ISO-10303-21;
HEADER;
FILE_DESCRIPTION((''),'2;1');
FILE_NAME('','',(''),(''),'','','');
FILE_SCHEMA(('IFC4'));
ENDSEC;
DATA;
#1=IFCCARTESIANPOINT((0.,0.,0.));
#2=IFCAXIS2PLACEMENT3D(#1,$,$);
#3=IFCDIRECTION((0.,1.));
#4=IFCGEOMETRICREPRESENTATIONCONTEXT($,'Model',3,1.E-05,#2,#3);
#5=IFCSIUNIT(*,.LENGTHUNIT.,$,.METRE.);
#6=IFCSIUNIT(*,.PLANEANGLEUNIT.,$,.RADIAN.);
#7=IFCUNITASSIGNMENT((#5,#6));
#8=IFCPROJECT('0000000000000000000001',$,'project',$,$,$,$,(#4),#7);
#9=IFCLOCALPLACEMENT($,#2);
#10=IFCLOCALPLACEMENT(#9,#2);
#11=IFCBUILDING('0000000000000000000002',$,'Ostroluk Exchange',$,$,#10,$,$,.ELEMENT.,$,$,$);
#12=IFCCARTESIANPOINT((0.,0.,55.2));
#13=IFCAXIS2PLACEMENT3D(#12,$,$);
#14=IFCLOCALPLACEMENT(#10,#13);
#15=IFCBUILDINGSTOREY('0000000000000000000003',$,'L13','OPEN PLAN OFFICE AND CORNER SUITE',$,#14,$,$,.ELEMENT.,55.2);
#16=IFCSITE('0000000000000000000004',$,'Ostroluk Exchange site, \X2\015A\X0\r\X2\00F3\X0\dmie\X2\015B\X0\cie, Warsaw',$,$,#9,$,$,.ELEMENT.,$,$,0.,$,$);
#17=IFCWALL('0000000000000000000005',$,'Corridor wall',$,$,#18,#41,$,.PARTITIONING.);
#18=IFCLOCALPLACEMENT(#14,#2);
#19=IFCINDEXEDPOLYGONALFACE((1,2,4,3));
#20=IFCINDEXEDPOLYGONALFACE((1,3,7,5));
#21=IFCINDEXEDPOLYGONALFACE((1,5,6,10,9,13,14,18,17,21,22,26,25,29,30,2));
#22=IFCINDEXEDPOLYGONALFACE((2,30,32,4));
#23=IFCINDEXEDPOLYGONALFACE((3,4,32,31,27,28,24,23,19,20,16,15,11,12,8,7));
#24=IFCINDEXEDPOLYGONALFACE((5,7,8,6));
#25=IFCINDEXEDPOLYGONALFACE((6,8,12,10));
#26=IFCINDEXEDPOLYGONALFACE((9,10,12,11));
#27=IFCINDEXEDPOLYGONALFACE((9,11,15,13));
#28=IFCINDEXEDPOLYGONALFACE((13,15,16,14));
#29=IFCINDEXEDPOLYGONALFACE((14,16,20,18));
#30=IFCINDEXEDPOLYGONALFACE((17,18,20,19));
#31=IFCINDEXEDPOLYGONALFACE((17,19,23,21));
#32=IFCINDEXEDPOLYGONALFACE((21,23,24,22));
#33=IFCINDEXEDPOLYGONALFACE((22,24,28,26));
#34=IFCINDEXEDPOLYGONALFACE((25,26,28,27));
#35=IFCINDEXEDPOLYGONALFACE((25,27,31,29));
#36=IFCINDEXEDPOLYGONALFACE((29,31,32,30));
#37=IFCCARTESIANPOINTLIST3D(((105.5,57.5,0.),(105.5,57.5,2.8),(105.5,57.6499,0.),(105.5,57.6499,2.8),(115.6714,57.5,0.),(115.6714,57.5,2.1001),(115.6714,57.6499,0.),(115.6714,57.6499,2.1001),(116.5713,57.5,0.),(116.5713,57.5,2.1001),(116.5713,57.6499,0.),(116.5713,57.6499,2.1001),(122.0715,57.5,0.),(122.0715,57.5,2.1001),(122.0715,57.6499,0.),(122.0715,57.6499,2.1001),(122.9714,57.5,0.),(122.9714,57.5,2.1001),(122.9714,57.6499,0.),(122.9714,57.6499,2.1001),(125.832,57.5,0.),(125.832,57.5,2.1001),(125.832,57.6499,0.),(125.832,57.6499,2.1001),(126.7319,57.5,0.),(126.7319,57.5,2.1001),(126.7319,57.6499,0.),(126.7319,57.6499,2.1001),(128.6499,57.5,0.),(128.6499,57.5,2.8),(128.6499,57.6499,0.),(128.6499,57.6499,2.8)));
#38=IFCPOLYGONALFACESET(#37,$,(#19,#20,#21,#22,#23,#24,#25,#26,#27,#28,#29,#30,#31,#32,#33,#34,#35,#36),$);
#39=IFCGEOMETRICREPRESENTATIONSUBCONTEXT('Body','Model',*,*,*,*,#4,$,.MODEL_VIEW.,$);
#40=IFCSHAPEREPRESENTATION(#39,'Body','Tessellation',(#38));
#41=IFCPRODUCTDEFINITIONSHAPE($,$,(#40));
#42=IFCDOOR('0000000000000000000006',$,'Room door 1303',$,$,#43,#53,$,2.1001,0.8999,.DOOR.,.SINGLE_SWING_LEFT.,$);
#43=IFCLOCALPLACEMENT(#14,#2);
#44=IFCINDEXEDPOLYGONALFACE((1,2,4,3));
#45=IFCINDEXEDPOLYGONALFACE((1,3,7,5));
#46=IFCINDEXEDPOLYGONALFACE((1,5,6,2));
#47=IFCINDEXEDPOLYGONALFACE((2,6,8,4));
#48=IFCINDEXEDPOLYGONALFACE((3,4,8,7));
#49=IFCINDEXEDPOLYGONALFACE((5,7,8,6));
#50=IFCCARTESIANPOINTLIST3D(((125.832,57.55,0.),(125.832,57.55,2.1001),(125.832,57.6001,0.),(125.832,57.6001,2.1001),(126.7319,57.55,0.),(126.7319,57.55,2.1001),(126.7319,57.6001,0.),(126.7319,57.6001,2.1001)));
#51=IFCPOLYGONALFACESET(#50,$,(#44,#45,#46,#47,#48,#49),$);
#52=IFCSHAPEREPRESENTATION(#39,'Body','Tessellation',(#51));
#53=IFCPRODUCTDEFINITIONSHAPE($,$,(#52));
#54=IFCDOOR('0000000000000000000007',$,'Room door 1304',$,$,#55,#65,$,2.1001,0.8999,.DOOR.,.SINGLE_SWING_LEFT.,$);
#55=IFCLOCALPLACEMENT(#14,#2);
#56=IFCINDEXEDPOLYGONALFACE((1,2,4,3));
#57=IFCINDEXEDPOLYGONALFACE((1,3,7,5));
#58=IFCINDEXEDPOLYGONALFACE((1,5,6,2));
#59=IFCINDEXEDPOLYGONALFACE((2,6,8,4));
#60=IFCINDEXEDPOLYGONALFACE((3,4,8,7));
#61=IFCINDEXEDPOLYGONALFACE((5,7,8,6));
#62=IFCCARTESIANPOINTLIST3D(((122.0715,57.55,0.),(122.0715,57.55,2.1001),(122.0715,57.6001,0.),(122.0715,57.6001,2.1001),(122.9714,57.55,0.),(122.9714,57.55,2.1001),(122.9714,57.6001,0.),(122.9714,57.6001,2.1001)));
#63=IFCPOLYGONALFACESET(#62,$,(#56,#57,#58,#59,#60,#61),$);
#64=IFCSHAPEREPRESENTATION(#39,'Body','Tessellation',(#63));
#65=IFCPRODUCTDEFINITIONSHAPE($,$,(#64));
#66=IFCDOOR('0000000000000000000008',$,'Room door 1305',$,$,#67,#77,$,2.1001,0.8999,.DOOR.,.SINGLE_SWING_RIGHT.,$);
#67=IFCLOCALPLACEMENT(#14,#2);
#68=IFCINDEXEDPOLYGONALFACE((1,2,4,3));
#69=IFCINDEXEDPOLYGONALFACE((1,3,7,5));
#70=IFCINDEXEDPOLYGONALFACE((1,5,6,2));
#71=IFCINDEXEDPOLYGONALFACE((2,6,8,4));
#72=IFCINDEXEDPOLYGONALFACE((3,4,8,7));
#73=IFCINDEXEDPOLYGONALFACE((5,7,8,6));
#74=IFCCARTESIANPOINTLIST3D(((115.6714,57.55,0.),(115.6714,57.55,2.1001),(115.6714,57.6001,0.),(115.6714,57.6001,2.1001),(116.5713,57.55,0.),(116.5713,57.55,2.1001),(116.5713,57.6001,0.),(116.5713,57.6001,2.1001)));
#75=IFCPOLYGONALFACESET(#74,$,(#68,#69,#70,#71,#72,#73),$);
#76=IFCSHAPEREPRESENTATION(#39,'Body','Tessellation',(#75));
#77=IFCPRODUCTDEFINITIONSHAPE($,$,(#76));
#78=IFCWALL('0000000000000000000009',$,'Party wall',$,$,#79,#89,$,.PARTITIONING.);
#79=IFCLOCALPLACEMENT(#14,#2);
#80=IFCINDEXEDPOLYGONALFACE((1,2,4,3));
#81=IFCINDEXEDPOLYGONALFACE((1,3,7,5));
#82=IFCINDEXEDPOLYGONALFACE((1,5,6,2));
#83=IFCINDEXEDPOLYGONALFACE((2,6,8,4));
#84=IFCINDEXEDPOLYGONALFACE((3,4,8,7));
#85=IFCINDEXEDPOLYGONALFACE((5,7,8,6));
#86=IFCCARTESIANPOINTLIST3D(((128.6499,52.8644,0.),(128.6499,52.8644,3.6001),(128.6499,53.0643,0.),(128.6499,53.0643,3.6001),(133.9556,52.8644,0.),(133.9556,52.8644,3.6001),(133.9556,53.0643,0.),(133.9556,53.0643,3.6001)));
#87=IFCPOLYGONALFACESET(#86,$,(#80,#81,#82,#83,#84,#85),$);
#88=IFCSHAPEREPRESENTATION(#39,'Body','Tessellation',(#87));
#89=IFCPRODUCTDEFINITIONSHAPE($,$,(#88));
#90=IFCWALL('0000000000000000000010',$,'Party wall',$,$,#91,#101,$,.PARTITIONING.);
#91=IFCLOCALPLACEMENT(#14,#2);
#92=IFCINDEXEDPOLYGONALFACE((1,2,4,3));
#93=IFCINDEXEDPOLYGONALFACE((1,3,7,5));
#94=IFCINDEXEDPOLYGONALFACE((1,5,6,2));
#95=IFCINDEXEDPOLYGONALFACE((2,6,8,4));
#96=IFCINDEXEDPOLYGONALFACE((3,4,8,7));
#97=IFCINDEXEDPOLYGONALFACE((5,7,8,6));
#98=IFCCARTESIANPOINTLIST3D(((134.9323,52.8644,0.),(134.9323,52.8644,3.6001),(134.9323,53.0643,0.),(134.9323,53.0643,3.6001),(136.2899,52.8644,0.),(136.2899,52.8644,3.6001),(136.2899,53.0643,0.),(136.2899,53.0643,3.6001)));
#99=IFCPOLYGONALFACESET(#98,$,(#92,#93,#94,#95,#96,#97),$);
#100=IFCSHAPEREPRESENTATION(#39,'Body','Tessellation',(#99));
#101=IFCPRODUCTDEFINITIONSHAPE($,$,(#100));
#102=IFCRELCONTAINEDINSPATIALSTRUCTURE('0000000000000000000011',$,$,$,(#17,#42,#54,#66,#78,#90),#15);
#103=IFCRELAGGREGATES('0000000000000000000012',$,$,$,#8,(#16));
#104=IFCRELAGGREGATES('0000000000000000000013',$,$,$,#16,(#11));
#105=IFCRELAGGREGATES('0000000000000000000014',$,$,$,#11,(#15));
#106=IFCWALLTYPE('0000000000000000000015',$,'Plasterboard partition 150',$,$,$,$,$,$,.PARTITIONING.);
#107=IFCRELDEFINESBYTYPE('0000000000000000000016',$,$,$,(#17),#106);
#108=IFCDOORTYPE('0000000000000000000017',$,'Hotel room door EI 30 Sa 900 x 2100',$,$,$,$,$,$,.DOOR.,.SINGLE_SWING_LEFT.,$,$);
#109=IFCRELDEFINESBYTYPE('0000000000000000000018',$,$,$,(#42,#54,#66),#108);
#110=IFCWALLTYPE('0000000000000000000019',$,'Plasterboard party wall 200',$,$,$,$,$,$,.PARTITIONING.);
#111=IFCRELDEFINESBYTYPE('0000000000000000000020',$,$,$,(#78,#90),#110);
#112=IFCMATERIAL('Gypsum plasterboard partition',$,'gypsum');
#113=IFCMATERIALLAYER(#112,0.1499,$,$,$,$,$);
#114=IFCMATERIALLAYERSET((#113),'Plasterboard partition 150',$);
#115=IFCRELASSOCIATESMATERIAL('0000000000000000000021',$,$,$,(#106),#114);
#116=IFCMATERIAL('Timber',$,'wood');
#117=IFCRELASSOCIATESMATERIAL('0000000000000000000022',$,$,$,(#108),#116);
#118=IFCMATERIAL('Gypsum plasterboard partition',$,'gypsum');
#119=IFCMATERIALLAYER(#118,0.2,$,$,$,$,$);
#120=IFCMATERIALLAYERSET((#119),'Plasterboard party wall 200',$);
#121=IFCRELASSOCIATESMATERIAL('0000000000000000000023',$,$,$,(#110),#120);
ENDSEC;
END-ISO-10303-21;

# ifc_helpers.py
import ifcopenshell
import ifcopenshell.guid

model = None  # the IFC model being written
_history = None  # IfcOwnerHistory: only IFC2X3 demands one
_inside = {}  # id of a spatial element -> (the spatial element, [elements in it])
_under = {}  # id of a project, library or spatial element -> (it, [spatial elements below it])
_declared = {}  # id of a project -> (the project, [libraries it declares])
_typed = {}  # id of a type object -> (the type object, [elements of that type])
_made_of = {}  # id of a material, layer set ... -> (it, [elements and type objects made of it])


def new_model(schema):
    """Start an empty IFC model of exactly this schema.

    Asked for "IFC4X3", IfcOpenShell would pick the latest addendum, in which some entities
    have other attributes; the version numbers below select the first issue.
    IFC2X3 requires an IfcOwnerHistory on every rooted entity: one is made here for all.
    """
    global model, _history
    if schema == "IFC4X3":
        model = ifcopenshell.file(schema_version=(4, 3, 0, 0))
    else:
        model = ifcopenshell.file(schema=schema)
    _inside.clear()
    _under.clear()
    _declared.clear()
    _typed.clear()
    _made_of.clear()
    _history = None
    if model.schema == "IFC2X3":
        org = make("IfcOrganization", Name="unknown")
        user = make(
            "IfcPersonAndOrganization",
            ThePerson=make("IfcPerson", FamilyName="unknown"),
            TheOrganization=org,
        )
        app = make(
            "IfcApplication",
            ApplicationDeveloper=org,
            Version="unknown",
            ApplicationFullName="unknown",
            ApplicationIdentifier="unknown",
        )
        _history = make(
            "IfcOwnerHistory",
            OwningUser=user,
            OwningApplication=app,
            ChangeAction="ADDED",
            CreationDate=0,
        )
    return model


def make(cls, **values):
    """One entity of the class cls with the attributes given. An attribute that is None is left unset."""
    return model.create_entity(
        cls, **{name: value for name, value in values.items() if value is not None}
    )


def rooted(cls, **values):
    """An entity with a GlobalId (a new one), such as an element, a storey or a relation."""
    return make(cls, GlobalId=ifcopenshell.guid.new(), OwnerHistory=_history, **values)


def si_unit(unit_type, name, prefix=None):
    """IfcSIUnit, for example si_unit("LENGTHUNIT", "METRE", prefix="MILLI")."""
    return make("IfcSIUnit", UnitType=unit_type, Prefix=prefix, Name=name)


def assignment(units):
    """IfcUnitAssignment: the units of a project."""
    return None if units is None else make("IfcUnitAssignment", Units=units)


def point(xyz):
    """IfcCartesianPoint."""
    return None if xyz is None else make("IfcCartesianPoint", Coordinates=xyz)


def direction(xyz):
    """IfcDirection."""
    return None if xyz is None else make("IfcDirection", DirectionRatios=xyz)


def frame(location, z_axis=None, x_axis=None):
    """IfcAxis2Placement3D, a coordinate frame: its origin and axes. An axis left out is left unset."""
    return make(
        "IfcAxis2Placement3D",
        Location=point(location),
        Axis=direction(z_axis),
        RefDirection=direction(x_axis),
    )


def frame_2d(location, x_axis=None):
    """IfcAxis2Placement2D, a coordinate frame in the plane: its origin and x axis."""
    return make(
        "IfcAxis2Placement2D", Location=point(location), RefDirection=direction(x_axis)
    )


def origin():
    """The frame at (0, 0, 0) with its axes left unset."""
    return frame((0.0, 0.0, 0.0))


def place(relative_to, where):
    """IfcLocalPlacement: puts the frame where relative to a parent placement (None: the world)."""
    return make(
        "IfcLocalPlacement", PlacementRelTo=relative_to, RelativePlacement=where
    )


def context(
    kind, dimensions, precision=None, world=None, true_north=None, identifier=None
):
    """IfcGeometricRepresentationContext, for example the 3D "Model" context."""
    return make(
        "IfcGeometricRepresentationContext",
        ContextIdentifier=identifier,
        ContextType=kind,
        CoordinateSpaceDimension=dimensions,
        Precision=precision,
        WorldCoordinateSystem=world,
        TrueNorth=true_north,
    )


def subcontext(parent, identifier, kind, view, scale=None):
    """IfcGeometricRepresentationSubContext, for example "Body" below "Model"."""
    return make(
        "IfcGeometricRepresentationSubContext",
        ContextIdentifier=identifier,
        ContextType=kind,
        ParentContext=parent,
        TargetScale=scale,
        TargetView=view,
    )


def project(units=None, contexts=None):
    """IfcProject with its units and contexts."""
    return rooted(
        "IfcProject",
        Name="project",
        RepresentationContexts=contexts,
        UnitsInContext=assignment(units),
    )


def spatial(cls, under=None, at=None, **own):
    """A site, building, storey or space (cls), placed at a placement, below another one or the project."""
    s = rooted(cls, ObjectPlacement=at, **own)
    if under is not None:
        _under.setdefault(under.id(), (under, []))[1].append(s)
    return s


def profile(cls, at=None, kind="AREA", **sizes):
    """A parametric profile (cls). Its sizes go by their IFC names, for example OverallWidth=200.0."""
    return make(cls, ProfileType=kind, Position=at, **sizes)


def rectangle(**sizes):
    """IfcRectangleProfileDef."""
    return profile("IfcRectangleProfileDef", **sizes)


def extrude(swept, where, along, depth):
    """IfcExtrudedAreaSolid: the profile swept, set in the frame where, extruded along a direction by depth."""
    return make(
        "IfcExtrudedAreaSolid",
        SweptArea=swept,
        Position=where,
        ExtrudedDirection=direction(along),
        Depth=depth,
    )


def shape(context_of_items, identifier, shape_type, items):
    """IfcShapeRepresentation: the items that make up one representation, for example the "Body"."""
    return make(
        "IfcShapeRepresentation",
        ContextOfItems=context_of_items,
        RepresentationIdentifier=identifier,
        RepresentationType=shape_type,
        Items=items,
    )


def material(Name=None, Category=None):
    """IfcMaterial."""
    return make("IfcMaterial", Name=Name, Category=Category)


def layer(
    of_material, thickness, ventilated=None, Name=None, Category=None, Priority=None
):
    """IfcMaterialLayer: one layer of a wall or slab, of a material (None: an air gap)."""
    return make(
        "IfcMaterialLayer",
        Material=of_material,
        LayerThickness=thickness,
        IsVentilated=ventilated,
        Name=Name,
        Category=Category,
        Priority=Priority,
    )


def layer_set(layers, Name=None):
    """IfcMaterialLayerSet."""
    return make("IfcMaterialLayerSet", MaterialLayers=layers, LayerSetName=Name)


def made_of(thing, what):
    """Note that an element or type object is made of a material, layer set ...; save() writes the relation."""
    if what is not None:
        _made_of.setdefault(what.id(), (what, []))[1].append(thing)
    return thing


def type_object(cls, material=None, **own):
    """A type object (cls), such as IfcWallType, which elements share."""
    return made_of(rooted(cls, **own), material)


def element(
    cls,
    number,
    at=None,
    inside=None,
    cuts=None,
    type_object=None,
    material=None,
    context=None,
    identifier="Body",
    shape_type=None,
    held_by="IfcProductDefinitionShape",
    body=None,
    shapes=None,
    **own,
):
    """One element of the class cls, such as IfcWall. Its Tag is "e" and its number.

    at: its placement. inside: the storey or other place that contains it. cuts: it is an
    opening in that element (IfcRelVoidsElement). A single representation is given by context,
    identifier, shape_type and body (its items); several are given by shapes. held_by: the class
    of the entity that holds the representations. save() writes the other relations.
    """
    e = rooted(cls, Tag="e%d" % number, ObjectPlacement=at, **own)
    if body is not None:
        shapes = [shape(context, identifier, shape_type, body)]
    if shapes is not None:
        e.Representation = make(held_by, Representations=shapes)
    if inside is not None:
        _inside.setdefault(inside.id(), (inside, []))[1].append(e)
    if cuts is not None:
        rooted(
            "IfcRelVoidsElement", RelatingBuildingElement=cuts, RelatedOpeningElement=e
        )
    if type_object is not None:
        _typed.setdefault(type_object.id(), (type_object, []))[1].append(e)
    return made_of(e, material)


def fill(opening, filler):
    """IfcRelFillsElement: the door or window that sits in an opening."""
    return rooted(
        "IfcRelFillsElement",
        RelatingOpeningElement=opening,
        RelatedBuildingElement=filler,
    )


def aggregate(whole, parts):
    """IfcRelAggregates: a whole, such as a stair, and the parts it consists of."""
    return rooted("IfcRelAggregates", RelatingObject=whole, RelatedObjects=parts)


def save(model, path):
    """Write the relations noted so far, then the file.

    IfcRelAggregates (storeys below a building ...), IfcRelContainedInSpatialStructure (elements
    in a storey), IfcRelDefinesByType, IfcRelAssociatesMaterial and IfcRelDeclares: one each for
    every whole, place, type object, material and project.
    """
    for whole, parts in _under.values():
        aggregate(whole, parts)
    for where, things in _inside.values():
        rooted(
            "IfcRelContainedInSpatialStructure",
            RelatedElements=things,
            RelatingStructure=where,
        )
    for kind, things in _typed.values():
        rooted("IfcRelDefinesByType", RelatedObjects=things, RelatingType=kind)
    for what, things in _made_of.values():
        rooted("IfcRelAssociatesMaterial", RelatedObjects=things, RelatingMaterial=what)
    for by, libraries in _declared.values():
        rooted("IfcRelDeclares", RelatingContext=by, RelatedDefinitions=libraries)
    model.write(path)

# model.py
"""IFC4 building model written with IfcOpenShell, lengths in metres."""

from ifc_helpers import new_model, si_unit, direction, frame, frame_2d, origin, place, context, subcontext, project, spatial, rectangle, extrude, material, layer, layer_set, type_object, element, fill, save


model = new_model("IFC4")

# Units and contexts
model_context = context("Model", 3, precision=1e-05, world=origin(), true_north=direction((0.0, 1.0)))
body_context = subcontext(model_context, "Body", "Model", "MODEL_VIEW")
ifc_project = project(units=[si_unit("LENGTHUNIT", "METRE"), si_unit("PLANEANGLEUNIT", "RADIAN")], contexts=[model_context])

# Site, building, storey
site_placement = place(None, origin())
site = spatial("IfcSite", under=ifc_project, at=site_placement, Name="Ostroluk Exchange site, Śródmieście, Warsaw", CompositionType="ELEMENT", RefElevation=0.0)
building_placement = place(site_placement, origin())
building = spatial("IfcBuilding", under=site, at=building_placement, Name="Ostroluk Exchange", CompositionType="ELEMENT")
storey_placement = place(building_placement, frame((0.0, 0.0, 55.2)))
storey = spatial("IfcBuildingStorey", under=building, at=storey_placement, Name="L13", Description="OPEN PLAN OFFICE AND CORNER SUITE", CompositionType="ELEMENT", Elevation=55.2)

# Wall, openings, doors
ifc_material_1 = material(Name="Gypsum plasterboard partition", Category="gypsum")
ifc_layer_1 = layer(ifc_material_1, 0.1499)
ifc_layer_set_1 = layer_set([ifc_layer_1], Name="Plasterboard partition 150")
wall_type_1 = type_object("IfcWallType", Name="Plasterboard partition 150", PredefinedType="PARTITIONING", material=ifc_layer_set_1)
wall_1_placement = place(storey_placement, frame((128.6499, 57.575, 0.0), z_axis=(0.0, 0.0, 1.0), x_axis=(-1.0, 0.0, 0.0)))
wall_1 = element("IfcWall", 1, at=wall_1_placement, inside=storey, type_object=wall_type_1, Name="Corridor wall", PredefinedType="PARTITIONING", context=body_context, shape_type="SweptSolid", body=[
    extrude(rectangle(XDim=23.1499, YDim=0.1499, at=frame_2d((11.575, 0.0))), origin(), (0.0, 0.0, 1.0), 2.8),
])
opening_1_placement = place(wall_1_placement, frame((1.918, 0.0, 0.0)))
opening_1 = element("IfcOpeningElement", 2, at=opening_1_placement, cuts=wall_1, PredefinedType="OPENING", context=body_context, shape_type="SweptSolid", body=[
    extrude(rectangle(XDim=0.8999, YDim=2.1001, at=frame_2d((0.45, 1.05))), frame((0.0, 0.085, 0.0), z_axis=(0.0, -1.0, 0.0), x_axis=(1.0, 0.0, 0.0)), (0.0, 0.0, 1.0), 0.1699),
])
opening_2_placement = place(wall_1_placement, frame((5.6785, 0.0, 0.0)))
opening_2 = element("IfcOpeningElement", 3, at=opening_2_placement, cuts=wall_1, PredefinedType="OPENING", context=body_context, shape_type="SweptSolid", body=[
    extrude(rectangle(XDim=0.8999, YDim=2.1001, at=frame_2d((0.45, 1.05))), frame((0.0, 0.085, 0.0), z_axis=(0.0, -1.0, 0.0), x_axis=(1.0, 0.0, 0.0)), (0.0, 0.0, 1.0), 0.1699),
])
opening_3_placement = place(wall_1_placement, frame((12.0786, 0.0, 0.0)))
opening_3 = element("IfcOpeningElement", 4, at=opening_3_placement, cuts=wall_1, PredefinedType="OPENING", context=body_context, shape_type="SweptSolid", body=[
    extrude(rectangle(XDim=0.8999, YDim=2.1001, at=frame_2d((0.45, 1.05))), frame((0.0, 0.085, 0.0), z_axis=(0.0, -1.0, 0.0), x_axis=(1.0, 0.0, 0.0)), (0.0, 0.0, 1.0), 0.1699),
])
ifc_material_2 = material(Name="Timber", Category="wood")
door_type_1 = type_object("IfcDoorType", Name="Hotel room door EI 30 Sa 900 x 2100", OperationType="SINGLE_SWING_LEFT", PredefinedType="DOOR", material=ifc_material_2)
door_1_placement = place(opening_1_placement, origin())
door_1 = element("IfcDoor", 5, at=door_1_placement, inside=storey, type_object=door_type_1, Name="Room door 1303", OperationType="SINGLE_SWING_LEFT", OverallHeight=2.1001, OverallWidth=0.8999, PredefinedType="DOOR", context=body_context, shape_type="SweptSolid", body=[
    extrude(rectangle(XDim=0.8999, YDim=2.1001, at=frame_2d((0.45, 1.05))), frame((0.0, 0.0249, 0.0), z_axis=(0.0, -1.0, 0.0), x_axis=(1.0, 0.0, 0.0)), (0.0, 0.0, 1.0), 0.05),
])
fill(opening_1, door_1)
door_2_placement = place(opening_2_placement, origin())
door_2 = element("IfcDoor", 6, at=door_2_placement, inside=storey, type_object=door_type_1, Name="Room door 1304", OperationType="SINGLE_SWING_LEFT", OverallHeight=2.1001, OverallWidth=0.8999, PredefinedType="DOOR", context=body_context, shape_type="SweptSolid", body=[
    extrude(rectangle(XDim=0.8999, YDim=2.1001, at=frame_2d((0.45, 1.05))), frame((0.0, 0.0249, 0.0), z_axis=(0.0, -1.0, 0.0), x_axis=(1.0, 0.0, 0.0)), (0.0, 0.0, 1.0), 0.05),
])
fill(opening_2, door_2)
door_3_placement = place(opening_3_placement, origin())
door_3 = element("IfcDoor", 7, at=door_3_placement, inside=storey, type_object=door_type_1, Name="Room door 1305", OperationType="SINGLE_SWING_RIGHT", OverallHeight=2.1001, OverallWidth=0.8999, PredefinedType="DOOR", context=body_context, shape_type="SweptSolid", body=[
    extrude(rectangle(XDim=0.8999, YDim=2.1001, at=frame_2d((0.45, 1.05))), frame((0.0, 0.0249, 0.0), z_axis=(0.0, -1.0, 0.0), x_axis=(1.0, 0.0, 0.0)), (0.0, 0.0, 1.0), 0.05),
])
fill(opening_3, door_3)

# Walls
ifc_material_3 = material(Name="Gypsum plasterboard partition", Category="gypsum")
ifc_layer_2 = layer(ifc_material_3, 0.2)
ifc_layer_set_2 = layer_set([ifc_layer_2], Name="Plasterboard party wall 200")
wall_type_2 = type_object("IfcWallType", Name="Plasterboard party wall 200", PredefinedType="PARTITIONING", material=ifc_layer_set_2)
wall_2_placement = place(storey_placement, frame((128.6499, 52.9644, 0.0), z_axis=(0.0, 0.0, 1.0), x_axis=(1.0, 0.0, 0.0)))
element("IfcWall", 8, at=wall_2_placement, inside=storey, type_object=wall_type_2, Name="Party wall", PredefinedType="PARTITIONING", context=body_context, shape_type="SweptSolid", body=[
    extrude(rectangle(XDim=5.3057, YDim=0.2, at=frame_2d((2.6528, 0.0))), origin(), (0.0, 0.0, 1.0), 3.6001),
])
wall_3_placement = place(storey_placement, frame((134.9324, 52.9644, 0.0), z_axis=(0.0, 0.0, 1.0), x_axis=(1.0, 0.0, 0.0)))
element("IfcWall", 9, at=wall_3_placement, inside=storey, type_object=wall_type_2, Name="Party wall", PredefinedType="PARTITIONING", context=body_context, shape_type="SweptSolid", body=[
    extrude(rectangle(XDim=1.3577, YDim=0.2, at=frame_2d((0.6787, 0.0))), origin(), (0.0, 0.0, 1.0), 3.6001),
])

save(model, "model.ifc")
